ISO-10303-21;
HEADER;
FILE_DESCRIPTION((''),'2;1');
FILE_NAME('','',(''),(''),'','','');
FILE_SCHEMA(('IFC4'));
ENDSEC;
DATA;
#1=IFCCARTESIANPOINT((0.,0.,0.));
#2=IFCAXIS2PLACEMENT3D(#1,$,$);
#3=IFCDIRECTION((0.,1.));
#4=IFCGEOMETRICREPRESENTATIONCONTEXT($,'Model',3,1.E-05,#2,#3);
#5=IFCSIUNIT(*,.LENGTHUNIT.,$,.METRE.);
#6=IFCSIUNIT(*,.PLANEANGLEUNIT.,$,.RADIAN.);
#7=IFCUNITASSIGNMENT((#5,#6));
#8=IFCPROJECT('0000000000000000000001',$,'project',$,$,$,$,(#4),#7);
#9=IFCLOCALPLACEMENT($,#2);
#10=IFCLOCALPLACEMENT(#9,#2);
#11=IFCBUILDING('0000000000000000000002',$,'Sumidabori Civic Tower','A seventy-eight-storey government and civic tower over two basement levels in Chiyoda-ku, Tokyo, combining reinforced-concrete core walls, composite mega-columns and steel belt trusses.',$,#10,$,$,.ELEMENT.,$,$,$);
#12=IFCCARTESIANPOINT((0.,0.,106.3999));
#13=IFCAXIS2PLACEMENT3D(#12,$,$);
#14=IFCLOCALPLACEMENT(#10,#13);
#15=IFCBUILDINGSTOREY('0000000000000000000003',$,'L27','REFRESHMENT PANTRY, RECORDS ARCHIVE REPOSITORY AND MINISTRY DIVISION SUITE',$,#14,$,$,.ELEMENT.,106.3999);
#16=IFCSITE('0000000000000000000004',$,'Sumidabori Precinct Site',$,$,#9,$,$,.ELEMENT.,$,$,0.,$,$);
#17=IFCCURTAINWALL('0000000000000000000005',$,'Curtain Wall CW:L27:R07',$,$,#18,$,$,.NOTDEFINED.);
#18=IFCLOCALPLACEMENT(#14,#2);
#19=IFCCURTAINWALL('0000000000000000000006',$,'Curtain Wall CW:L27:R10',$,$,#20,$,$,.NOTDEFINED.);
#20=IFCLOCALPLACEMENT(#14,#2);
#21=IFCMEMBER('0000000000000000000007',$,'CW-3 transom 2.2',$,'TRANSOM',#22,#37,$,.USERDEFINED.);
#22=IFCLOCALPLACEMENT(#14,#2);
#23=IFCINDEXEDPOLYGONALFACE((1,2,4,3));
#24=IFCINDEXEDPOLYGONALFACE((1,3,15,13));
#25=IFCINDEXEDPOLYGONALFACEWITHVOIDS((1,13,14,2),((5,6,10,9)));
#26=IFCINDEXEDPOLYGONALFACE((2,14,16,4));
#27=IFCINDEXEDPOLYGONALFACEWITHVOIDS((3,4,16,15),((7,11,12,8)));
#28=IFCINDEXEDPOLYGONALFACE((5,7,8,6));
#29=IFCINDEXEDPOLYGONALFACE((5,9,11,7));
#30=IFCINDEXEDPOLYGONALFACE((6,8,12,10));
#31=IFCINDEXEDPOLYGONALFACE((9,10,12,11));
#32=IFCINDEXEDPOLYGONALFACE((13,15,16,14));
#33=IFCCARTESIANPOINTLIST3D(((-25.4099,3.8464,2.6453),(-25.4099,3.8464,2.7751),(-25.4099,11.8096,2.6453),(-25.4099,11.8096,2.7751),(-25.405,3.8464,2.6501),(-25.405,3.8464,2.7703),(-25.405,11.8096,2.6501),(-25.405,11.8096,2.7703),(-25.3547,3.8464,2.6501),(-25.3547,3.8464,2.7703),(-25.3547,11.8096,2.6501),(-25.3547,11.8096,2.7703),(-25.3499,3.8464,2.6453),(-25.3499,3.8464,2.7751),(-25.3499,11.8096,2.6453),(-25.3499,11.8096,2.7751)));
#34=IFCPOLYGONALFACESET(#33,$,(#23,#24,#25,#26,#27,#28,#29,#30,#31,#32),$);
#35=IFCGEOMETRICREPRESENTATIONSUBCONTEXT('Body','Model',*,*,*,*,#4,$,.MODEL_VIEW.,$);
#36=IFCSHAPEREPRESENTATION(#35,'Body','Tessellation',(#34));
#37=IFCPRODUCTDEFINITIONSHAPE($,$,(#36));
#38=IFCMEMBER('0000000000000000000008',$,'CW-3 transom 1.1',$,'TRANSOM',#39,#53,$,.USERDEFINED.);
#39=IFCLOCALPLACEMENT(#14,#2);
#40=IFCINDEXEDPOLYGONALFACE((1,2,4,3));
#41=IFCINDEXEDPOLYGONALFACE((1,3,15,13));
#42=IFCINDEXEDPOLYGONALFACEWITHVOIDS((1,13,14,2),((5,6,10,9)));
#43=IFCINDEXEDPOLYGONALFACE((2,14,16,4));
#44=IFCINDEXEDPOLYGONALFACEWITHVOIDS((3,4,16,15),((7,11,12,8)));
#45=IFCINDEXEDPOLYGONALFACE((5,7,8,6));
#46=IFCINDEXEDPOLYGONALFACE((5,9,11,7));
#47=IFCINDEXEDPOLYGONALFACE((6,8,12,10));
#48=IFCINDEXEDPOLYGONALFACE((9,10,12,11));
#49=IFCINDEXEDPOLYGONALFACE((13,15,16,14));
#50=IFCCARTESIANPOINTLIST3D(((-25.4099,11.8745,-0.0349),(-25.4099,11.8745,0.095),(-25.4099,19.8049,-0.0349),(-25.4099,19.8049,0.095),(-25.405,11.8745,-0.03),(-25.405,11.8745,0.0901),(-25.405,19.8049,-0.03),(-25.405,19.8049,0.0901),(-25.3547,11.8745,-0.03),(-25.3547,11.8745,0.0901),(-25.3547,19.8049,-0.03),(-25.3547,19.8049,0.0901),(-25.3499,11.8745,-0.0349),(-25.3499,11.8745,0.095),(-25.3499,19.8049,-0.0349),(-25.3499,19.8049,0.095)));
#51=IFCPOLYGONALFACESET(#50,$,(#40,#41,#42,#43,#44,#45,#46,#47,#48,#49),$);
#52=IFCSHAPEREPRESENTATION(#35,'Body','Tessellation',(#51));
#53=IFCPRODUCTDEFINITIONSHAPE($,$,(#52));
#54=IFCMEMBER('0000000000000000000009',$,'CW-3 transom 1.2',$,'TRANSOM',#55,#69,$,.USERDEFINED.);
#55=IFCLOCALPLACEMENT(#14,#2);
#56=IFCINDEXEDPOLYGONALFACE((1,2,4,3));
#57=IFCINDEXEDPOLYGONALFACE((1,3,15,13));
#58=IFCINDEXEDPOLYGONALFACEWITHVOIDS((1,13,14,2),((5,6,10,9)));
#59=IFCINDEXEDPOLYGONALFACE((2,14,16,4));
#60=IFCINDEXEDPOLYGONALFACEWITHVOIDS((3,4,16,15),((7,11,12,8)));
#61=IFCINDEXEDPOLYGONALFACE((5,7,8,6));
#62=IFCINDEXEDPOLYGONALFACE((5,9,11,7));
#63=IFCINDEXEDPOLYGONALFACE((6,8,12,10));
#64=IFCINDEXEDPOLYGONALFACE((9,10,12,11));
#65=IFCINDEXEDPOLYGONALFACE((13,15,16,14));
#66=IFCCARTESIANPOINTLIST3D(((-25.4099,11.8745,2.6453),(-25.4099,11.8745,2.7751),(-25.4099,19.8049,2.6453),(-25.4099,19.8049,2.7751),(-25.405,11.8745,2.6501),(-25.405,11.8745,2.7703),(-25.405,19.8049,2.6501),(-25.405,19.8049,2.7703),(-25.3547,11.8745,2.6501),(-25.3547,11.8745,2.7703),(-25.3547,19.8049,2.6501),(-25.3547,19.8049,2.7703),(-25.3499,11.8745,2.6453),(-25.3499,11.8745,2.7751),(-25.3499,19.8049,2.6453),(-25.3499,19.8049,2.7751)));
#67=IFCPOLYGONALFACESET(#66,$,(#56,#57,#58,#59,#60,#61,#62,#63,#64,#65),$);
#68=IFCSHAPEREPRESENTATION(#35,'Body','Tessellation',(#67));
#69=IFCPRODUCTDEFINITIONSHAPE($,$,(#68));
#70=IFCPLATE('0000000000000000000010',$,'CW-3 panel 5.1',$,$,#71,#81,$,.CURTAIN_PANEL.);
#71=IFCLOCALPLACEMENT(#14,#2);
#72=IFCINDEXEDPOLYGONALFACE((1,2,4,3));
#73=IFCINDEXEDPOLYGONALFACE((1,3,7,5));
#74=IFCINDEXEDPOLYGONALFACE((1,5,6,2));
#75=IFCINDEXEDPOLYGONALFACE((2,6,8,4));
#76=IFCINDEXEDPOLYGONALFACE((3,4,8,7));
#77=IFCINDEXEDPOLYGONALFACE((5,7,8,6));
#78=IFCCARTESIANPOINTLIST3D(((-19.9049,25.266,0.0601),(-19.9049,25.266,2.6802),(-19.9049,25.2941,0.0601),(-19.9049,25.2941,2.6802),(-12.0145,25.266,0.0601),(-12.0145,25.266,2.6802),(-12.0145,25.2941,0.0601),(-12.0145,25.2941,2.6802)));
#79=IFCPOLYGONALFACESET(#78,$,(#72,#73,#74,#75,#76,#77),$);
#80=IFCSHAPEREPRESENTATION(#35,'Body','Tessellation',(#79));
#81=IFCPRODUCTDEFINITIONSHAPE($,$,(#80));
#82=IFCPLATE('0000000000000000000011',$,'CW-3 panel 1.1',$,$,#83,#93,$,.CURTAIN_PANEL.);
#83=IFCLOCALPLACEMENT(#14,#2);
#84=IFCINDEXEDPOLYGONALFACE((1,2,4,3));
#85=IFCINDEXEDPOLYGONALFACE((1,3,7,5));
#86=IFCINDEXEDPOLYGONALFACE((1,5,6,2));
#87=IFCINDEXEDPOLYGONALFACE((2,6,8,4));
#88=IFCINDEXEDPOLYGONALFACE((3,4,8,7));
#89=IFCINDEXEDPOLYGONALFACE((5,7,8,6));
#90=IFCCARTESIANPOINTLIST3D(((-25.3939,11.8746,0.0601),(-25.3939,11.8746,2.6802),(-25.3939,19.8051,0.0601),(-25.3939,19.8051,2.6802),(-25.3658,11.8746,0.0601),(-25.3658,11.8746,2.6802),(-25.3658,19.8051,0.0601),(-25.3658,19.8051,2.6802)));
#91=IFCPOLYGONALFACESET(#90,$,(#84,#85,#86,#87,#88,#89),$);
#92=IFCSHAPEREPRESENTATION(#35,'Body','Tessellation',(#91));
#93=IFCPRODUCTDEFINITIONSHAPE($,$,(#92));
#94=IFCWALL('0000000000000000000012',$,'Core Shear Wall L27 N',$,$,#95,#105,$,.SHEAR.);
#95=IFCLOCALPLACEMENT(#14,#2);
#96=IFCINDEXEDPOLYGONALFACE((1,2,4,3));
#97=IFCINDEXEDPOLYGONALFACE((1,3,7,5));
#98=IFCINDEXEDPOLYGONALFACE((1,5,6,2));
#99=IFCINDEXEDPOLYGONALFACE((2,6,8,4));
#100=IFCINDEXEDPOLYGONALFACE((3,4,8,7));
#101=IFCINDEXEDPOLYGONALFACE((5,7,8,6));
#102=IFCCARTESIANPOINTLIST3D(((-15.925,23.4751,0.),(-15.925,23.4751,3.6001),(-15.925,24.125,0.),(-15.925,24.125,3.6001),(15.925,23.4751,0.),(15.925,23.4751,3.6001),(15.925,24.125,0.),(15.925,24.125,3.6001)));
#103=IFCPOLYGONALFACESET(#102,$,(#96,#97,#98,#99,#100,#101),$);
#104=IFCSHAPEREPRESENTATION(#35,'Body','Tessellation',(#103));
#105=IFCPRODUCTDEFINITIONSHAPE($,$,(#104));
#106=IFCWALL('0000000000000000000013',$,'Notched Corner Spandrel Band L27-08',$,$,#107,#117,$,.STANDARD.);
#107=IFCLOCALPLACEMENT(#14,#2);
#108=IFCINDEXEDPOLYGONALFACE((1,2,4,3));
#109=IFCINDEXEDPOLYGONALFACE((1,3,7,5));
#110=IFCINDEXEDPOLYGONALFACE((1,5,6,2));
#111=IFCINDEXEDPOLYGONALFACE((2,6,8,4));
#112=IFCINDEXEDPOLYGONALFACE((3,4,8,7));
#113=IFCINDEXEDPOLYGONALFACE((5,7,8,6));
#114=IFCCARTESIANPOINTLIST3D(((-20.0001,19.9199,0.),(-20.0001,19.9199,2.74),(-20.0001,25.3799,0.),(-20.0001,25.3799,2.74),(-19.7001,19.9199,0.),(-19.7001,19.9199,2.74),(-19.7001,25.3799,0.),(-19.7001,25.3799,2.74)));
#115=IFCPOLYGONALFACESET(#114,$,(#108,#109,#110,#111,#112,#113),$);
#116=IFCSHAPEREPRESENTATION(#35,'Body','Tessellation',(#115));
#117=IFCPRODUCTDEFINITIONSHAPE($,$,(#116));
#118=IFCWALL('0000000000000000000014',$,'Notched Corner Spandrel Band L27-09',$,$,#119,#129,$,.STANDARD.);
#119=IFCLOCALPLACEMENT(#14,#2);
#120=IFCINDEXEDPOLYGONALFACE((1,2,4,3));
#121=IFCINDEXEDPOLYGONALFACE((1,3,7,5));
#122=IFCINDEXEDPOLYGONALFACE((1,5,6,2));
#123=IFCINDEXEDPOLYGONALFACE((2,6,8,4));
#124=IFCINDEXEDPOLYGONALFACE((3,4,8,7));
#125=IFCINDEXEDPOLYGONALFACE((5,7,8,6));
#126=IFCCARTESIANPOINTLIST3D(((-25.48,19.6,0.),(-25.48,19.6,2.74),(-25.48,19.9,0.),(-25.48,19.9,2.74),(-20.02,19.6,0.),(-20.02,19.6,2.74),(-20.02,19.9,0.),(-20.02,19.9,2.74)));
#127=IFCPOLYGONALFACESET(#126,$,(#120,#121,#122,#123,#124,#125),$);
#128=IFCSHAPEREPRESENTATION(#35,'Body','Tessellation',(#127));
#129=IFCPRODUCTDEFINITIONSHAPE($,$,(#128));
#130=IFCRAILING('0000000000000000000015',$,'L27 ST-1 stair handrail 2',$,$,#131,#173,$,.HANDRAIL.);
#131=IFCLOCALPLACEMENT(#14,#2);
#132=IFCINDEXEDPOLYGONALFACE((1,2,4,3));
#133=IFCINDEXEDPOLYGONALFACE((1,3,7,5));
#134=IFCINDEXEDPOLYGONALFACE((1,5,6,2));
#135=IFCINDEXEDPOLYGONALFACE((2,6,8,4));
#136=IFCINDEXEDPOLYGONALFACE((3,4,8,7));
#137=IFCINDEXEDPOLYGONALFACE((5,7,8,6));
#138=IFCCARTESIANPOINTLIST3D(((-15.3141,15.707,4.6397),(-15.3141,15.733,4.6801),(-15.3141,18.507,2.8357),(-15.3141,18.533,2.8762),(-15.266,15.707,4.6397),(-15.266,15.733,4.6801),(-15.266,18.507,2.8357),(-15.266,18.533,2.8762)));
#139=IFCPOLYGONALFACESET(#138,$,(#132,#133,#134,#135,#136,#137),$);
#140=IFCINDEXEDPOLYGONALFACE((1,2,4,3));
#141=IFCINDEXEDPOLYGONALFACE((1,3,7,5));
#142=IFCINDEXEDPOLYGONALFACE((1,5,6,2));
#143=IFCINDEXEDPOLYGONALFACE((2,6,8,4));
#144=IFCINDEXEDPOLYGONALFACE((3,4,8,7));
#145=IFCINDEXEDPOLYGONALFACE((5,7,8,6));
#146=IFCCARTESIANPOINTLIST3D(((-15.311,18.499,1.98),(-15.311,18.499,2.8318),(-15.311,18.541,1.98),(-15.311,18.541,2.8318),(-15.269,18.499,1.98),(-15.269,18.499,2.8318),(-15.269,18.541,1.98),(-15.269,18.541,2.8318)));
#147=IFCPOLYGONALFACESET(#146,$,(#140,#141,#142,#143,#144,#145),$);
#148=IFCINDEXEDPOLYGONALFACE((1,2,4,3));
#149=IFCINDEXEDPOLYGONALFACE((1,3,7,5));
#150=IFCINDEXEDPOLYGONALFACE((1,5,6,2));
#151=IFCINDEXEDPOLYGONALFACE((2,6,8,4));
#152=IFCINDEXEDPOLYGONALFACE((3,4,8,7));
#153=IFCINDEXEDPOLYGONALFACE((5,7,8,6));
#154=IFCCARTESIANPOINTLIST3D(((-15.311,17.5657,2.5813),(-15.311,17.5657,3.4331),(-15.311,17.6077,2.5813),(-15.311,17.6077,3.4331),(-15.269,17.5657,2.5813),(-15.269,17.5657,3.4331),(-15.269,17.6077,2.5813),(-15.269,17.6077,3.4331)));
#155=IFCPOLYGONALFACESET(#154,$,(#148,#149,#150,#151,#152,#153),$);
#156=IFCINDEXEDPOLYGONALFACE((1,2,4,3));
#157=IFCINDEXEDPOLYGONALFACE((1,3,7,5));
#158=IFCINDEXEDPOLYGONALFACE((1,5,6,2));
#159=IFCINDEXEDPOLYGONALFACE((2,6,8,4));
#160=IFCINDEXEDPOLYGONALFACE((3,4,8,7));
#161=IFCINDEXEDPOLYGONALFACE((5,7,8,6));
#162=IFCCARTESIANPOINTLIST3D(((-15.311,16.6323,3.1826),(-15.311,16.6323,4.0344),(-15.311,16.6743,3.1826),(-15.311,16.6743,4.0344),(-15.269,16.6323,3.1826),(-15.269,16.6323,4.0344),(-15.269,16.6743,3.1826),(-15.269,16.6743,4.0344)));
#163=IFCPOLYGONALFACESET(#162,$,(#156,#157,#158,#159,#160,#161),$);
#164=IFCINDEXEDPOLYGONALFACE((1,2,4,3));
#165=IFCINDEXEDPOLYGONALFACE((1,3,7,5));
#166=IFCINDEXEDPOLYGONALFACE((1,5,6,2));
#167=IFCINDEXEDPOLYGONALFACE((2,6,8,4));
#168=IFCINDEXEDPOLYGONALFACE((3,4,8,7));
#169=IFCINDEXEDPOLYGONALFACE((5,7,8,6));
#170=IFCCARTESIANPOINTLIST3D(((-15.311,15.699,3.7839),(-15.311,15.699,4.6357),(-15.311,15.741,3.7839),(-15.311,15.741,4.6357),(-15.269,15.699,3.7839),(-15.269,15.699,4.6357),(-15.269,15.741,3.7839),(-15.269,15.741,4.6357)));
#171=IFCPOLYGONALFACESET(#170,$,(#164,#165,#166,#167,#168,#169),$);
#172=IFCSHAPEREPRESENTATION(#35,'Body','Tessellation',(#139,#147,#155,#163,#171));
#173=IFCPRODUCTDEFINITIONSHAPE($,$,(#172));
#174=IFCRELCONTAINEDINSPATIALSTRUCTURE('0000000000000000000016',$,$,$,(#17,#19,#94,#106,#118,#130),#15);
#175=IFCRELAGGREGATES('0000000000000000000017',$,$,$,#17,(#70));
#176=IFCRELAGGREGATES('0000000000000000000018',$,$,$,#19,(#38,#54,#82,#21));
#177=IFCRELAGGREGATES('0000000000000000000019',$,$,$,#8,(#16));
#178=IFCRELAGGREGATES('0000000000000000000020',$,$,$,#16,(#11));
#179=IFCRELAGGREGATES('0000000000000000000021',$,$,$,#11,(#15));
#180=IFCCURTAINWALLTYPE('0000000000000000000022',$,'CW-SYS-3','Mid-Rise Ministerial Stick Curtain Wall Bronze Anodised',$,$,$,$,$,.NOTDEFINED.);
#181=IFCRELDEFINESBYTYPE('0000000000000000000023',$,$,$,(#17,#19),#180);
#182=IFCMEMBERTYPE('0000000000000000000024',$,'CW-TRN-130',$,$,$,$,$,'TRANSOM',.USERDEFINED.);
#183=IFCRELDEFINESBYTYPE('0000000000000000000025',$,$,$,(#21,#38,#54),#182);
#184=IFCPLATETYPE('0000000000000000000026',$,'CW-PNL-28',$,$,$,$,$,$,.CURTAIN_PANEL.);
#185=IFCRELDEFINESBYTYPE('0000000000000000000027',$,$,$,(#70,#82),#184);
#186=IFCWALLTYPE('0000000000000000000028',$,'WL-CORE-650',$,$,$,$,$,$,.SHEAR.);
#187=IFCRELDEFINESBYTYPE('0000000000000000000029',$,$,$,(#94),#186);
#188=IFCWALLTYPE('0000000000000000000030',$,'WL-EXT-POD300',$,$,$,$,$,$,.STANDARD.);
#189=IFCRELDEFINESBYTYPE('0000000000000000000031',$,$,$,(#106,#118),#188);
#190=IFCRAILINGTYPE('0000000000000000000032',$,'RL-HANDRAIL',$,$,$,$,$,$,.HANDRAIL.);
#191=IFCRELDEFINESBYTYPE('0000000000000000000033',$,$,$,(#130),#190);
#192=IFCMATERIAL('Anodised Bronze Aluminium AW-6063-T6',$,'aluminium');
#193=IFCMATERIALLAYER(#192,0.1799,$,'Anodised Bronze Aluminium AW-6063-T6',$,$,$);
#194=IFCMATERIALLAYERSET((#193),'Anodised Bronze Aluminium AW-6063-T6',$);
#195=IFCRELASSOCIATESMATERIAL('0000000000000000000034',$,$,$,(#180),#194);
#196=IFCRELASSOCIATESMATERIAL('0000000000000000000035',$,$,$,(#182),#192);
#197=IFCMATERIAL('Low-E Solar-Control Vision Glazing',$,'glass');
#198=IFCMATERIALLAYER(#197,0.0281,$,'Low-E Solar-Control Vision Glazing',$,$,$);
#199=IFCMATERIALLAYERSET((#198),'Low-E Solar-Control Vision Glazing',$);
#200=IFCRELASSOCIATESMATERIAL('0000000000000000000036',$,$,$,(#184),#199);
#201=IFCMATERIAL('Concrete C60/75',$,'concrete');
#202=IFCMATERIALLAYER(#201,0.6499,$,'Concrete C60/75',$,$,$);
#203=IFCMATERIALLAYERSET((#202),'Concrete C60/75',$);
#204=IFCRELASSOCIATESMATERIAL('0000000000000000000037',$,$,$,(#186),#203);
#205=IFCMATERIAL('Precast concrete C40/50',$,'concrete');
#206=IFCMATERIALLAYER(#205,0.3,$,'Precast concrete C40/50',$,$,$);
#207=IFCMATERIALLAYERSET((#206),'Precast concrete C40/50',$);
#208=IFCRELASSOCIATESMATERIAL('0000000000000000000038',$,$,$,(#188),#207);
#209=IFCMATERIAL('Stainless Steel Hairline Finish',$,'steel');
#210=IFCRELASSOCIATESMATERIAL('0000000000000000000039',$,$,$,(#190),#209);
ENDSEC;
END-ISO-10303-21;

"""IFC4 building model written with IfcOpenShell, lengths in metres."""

from ifc_helpers import new_model, si_unit, direction, frame, frame_2d, origin, origin_2d, place, context, subcontext, project, spatial, rectangle, hollow_rectangle, extrude, source, transform, mapped, material, layer, layer_set, material_profile, profile_set, type_object, element, aggregate, save


model = new_model("IFC4")

# Units and contexts
model_context = context("Model", 3, precision=1e-05, world=origin(), true_north=direction((0.0, 1.0)))
body_context = subcontext(model_context, "Body", "Model", "MODEL_VIEW")
ifc_project = project(units=[si_unit("LENGTHUNIT", "METRE"), si_unit("PLANEANGLEUNIT", "RADIAN")], contexts=[model_context])

# Site, building, storey
site_placement = place(None, origin())
site = spatial("IfcSite", under=ifc_project, at=site_placement, Name="Sumidabori Precinct Site", CompositionType="ELEMENT", RefElevation=0.0)
building_placement = place(site_placement, origin())
building = spatial("IfcBuilding", under=site, at=building_placement, Name="Sumidabori Civic Tower", Description="A seventy-eight-storey government and civic tower over two basement levels in Chiyoda-ku, Tokyo, combining reinforced-concrete core walls, composite mega-columns and steel belt trusses.", CompositionType="ELEMENT")
storey_placement = place(building_placement, frame((0.0, 0.0, 106.3999)))
storey = spatial("IfcBuildingStorey", under=building, at=storey_placement, Name="L27", Description="REFRESHMENT PANTRY, RECORDS ARCHIVE REPOSITORY AND MINISTRY DIVISION SUITE", CompositionType="ELEMENT", Elevation=106.3999)

# Shared definitions
ifc_material_1 = material(Name="Concrete C60/75", Category="concrete")

# Curtain wall
ifc_material_2 = material(Name="Anodised Bronze Aluminium AW-6063-T6", Category="aluminium")
ifc_layer_1 = layer(ifc_material_2, 0.1799, Name="Anodised Bronze Aluminium AW-6063-T6")
ifc_layer_set_1 = layer_set([ifc_layer_1], Name="Anodised Bronze Aluminium AW-6063-T6")
curtain_wall_type = type_object("IfcCurtainWallType", Name="CW-SYS-3", Description="Mid-Rise Ministerial Stick Curtain Wall Bronze Anodised", PredefinedType="NOTDEFINED", material=ifc_layer_set_1)
curtain_wall_1_placement = place(storey_placement, origin())
curtain_wall_1 = element("IfcCurtainWall", 1, at=curtain_wall_1_placement, inside=storey, type_object=curtain_wall_type, Name="Curtain Wall CW:L27:R07", PredefinedType="NOTDEFINED")

# Curtain wall, members
curtain_wall_2_placement = place(storey_placement, origin())
curtain_wall_2 = element("IfcCurtainWall", 2, at=curtain_wall_2_placement, inside=storey, type_object=curtain_wall_type, Name="Curtain Wall CW:L27:R10", PredefinedType="NOTDEFINED")
ifc_material_profile_1 = material_profile(ifc_material_2, hollow_rectangle(XDim=0.0601, YDim=0.1299, WallThickness=0.0049, at=origin_2d()), Name="ALU TRANSOM 130x60")
ifc_profile_set_1 = profile_set([ifc_material_profile_1], Name="Anodised Bronze Aluminium AW-6063-T6")
member_type_1 = type_object("IfcMemberType", Name="CW-TRN-130", ElementType="TRANSOM", PredefinedType="USERDEFINED", material=ifc_profile_set_1)
shared_shape_1 = source(origin(), body_context, "Body", "SweptSolid", [
    extrude(hollow_rectangle(XDim=0.0601, YDim=0.1299, WallThickness=0.0049, at=origin_2d()), origin(), (0.0, 0.0, 1.0), 7.9631),
])
member_1_placement = place(storey_placement, frame((-25.3799, 11.8096, 2.7102), z_axis=(0.0, -1.0, 0.0), x_axis=(1.0, 0.0, 0.0)))
member_1 = element("IfcMember", 3, at=member_1_placement, type_object=member_type_1, Name="CW-3 transom 2.2", ObjectType="TRANSOM", PredefinedType="USERDEFINED", context=body_context, shape_type="MappedRepresentation", body=[
    mapped(shared_shape_1, transform((0.0, 0.0, 0.0), x_axis=(1.0, 0.0, 0.0), y_axis=(0.0, 1.0, 0.0), z_axis=(0.0, 0.0, 1.0), scale=1.0)),
])
shared_shape_2 = source(origin(), body_context, "Body", "SweptSolid", [
    extrude(hollow_rectangle(XDim=0.0601, YDim=0.1299, WallThickness=0.0049, at=origin_2d()), origin(), (0.0, 0.0, 1.0), 7.9304),
])
member_2_placement = place(storey_placement, frame((-25.3799, 19.8049, 0.03), z_axis=(0.0, -1.0, 0.0), x_axis=(1.0, 0.0, 0.0)))
member_2 = element("IfcMember", 4, at=member_2_placement, type_object=member_type_1, Name="CW-3 transom 1.1", ObjectType="TRANSOM", PredefinedType="USERDEFINED", context=body_context, shape_type="MappedRepresentation", body=[
    mapped(shared_shape_2, transform((0.0, 0.0, 0.0), x_axis=(1.0, 0.0, 0.0), y_axis=(0.0, 1.0, 0.0), z_axis=(0.0, 0.0, 1.0), scale=1.0)),
])
member_3_placement = place(storey_placement, frame((-25.3799, 19.8049, 2.7102), z_axis=(0.0, -1.0, 0.0), x_axis=(1.0, 0.0, 0.0)))
member_3 = element("IfcMember", 5, at=member_3_placement, type_object=member_type_1, Name="CW-3 transom 1.2", ObjectType="TRANSOM", PredefinedType="USERDEFINED", context=body_context, shape_type="MappedRepresentation", body=[
    mapped(shared_shape_2, transform((0.0, 0.0, 0.0), x_axis=(1.0, 0.0, 0.0), y_axis=(0.0, 1.0, 0.0), z_axis=(0.0, 0.0, 1.0), scale=1.0)),
])

# Plates
ifc_material_3 = material(Name="Low-E Solar-Control Vision Glazing", Category="glass")
ifc_layer_2 = layer(ifc_material_3, 0.0281, Name="Low-E Solar-Control Vision Glazing")
ifc_layer_set_2 = layer_set([ifc_layer_2], Name="Low-E Solar-Control Vision Glazing")
plate_type = type_object("IfcPlateType", Name="CW-PNL-28", PredefinedType="CURTAIN_PANEL", material=ifc_layer_set_2)
shared_shape_3 = source(origin(), body_context, "Body", "SweptSolid", [
    extrude(rectangle(XDim=7.8904, YDim=0.0281, at=origin_2d()), origin(), (0.0, 0.0, 1.0), 2.6201),
])
plate_1_placement = place(storey_placement, frame((-15.9597, 25.28, 0.0601), z_axis=(0.0, 0.0, 1.0), x_axis=(-1.0, 0.0, 0.0)))
plate_1 = element("IfcPlate", 6, at=plate_1_placement, type_object=plate_type, Name="CW-3 panel 5.1", PredefinedType="CURTAIN_PANEL", context=body_context, shape_type="MappedRepresentation", body=[
    mapped(shared_shape_3, transform((0.0, 0.0, 0.0), x_axis=(1.0, 0.0, 0.0), y_axis=(0.0, 1.0, 0.0), z_axis=(0.0, 0.0, 1.0), scale=1.0)),
])
aggregate(curtain_wall_1, [plate_1])
shared_shape_4 = source(origin(), body_context, "Body", "SweptSolid", [
    extrude(rectangle(XDim=7.9304, YDim=0.0281, at=origin_2d()), origin(), (0.0, 0.0, 1.0), 2.6201),
])
plate_2_placement = place(storey_placement, frame((-25.3799, 15.8398, 0.0601), z_axis=(0.0, 0.0, 1.0), x_axis=(0.0, -1.0, 0.0)))
plate_2 = element("IfcPlate", 7, at=plate_2_placement, type_object=plate_type, Name="CW-3 panel 1.1", PredefinedType="CURTAIN_PANEL", context=body_context, shape_type="MappedRepresentation", body=[
    mapped(shared_shape_4, transform((0.0, 0.0, 0.0), x_axis=(1.0, 0.0, 0.0), y_axis=(0.0, 1.0, 0.0), z_axis=(0.0, 0.0, 1.0), scale=1.0)),
])
aggregate(curtain_wall_2, [member_2, member_3, plate_2, member_1])

# Walls
ifc_layer_3 = layer(ifc_material_1, 0.6499, Name="Concrete C60/75")
ifc_layer_set_3 = layer_set([ifc_layer_3], Name="Concrete C60/75")
wall_type_1 = type_object("IfcWallType", Name="WL-CORE-650", PredefinedType="SHEAR", material=ifc_layer_set_3)
shared_shape_5 = source(origin(), body_context, "Body", "SweptSolid", [
    extrude(rectangle(XDim=31.8501, YDim=0.6499, at=frame_2d((15.925, 0.0))), origin(), (0.0, 0.0, 1.0), 3.6001),
])
wall_placement = place(storey_placement, frame((-15.925, 23.8, 0.0), z_axis=(0.0, 0.0, 1.0), x_axis=(1.0, 0.0, 0.0)))
element("IfcWall", 8, at=wall_placement, inside=storey, type_object=wall_type_1, Name="Core Shear Wall L27 N", PredefinedType="SHEAR", context=body_context, shape_type="MappedRepresentation", body=[
    mapped(shared_shape_5, transform((0.0, 0.0, 0.0), x_axis=(1.0, 0.0, 0.0), y_axis=(0.0, 1.0, 0.0), z_axis=(0.0, 0.0, 1.0), scale=1.0)),
])
ifc_material_4 = material(Name="Precast concrete C40/50", Category="concrete")
ifc_layer_4 = layer(ifc_material_4, 0.3, Name="Precast concrete C40/50")
ifc_layer_set_4 = layer_set([ifc_layer_4], Name="Precast concrete C40/50")
wall_type_2 = type_object("IfcWallType", Name="WL-EXT-POD300", PredefinedType="STANDARD", material=ifc_layer_set_4)
shared_shape_6 = source(origin(), body_context, "Body", "SweptSolid", [
    extrude(rectangle(XDim=5.46, YDim=0.3, at=frame_2d((2.73, 0.0))), origin(), (0.0, 0.0, 1.0), 2.74),
])
for number, where, z_axis, x_axis, name in (
    (9, (-19.8501, 25.3799, 0.0), (0.0, 0.0, 1.0), (0.0, -1.0, 0.0), "Notched Corner Spandrel Band L27-08"),
    (10, (-20.02, 19.75, 0.0), (0.0, 0.0, 1.0), (-1.0, 0.0, 0.0), "Notched Corner Spandrel Band L27-09"),
):
    element("IfcWall", number, at=place(storey_placement, frame(where, z_axis=z_axis, x_axis=x_axis)), inside=storey, type_object=wall_type_2, Name=name, PredefinedType="STANDARD", context=body_context, shape_type="MappedRepresentation", body=[
        mapped(shared_shape_6, transform((0.0, 0.0, 0.0), x_axis=(1.0, 0.0, 0.0), y_axis=(0.0, 1.0, 0.0), z_axis=(0.0, 0.0, 1.0), scale=1.0)),
    ])

# Railing
ifc_material_5 = material(Name="Stainless Steel Hairline Finish", Category="steel")
railing_type = type_object("IfcRailingType", Name="RL-HANDRAIL", PredefinedType="HANDRAIL", material=ifc_material_5)
railing_placement = place(storey_placement, frame((-15.29, 18.52, 1.98)))
element("IfcRailing", 11, at=railing_placement, inside=storey, type_object=railing_type, Name="L27 ST-1 stair handrail 2", PredefinedType="HANDRAIL", context=body_context, shape_type="SweptSolid", body=[
    extrude(rectangle(XDim=0.0481, YDim=0.0481, at=origin_2d()), frame((0.0, 0.0, 0.876), z_axis=(0.0, -0.840642, 0.541591), x_axis=(1.0, 0.0, 0.0)), (0.0, 0.0, 1.0), 3.3308),
    extrude(rectangle(XDim=0.042, YDim=0.042, at=origin_2d()), origin(), (0.0, 0.0, 1.0), 0.8518),
    extrude(rectangle(XDim=0.042, YDim=0.042, at=origin_2d()), frame((0.0, -0.9333, 0.6013)), (0.0, 0.0, 1.0), 0.8518),
    extrude(rectangle(XDim=0.042, YDim=0.042, at=origin_2d()), frame((0.0, -1.8667, 1.2026)), (0.0, 0.0, 1.0), 0.8518),
    extrude(rectangle(XDim=0.042, YDim=0.042, at=origin_2d()), frame((0.0, -2.8, 1.804)), (0.0, 0.0, 1.0), 0.8518),
])

save(model, "model.ifc")
